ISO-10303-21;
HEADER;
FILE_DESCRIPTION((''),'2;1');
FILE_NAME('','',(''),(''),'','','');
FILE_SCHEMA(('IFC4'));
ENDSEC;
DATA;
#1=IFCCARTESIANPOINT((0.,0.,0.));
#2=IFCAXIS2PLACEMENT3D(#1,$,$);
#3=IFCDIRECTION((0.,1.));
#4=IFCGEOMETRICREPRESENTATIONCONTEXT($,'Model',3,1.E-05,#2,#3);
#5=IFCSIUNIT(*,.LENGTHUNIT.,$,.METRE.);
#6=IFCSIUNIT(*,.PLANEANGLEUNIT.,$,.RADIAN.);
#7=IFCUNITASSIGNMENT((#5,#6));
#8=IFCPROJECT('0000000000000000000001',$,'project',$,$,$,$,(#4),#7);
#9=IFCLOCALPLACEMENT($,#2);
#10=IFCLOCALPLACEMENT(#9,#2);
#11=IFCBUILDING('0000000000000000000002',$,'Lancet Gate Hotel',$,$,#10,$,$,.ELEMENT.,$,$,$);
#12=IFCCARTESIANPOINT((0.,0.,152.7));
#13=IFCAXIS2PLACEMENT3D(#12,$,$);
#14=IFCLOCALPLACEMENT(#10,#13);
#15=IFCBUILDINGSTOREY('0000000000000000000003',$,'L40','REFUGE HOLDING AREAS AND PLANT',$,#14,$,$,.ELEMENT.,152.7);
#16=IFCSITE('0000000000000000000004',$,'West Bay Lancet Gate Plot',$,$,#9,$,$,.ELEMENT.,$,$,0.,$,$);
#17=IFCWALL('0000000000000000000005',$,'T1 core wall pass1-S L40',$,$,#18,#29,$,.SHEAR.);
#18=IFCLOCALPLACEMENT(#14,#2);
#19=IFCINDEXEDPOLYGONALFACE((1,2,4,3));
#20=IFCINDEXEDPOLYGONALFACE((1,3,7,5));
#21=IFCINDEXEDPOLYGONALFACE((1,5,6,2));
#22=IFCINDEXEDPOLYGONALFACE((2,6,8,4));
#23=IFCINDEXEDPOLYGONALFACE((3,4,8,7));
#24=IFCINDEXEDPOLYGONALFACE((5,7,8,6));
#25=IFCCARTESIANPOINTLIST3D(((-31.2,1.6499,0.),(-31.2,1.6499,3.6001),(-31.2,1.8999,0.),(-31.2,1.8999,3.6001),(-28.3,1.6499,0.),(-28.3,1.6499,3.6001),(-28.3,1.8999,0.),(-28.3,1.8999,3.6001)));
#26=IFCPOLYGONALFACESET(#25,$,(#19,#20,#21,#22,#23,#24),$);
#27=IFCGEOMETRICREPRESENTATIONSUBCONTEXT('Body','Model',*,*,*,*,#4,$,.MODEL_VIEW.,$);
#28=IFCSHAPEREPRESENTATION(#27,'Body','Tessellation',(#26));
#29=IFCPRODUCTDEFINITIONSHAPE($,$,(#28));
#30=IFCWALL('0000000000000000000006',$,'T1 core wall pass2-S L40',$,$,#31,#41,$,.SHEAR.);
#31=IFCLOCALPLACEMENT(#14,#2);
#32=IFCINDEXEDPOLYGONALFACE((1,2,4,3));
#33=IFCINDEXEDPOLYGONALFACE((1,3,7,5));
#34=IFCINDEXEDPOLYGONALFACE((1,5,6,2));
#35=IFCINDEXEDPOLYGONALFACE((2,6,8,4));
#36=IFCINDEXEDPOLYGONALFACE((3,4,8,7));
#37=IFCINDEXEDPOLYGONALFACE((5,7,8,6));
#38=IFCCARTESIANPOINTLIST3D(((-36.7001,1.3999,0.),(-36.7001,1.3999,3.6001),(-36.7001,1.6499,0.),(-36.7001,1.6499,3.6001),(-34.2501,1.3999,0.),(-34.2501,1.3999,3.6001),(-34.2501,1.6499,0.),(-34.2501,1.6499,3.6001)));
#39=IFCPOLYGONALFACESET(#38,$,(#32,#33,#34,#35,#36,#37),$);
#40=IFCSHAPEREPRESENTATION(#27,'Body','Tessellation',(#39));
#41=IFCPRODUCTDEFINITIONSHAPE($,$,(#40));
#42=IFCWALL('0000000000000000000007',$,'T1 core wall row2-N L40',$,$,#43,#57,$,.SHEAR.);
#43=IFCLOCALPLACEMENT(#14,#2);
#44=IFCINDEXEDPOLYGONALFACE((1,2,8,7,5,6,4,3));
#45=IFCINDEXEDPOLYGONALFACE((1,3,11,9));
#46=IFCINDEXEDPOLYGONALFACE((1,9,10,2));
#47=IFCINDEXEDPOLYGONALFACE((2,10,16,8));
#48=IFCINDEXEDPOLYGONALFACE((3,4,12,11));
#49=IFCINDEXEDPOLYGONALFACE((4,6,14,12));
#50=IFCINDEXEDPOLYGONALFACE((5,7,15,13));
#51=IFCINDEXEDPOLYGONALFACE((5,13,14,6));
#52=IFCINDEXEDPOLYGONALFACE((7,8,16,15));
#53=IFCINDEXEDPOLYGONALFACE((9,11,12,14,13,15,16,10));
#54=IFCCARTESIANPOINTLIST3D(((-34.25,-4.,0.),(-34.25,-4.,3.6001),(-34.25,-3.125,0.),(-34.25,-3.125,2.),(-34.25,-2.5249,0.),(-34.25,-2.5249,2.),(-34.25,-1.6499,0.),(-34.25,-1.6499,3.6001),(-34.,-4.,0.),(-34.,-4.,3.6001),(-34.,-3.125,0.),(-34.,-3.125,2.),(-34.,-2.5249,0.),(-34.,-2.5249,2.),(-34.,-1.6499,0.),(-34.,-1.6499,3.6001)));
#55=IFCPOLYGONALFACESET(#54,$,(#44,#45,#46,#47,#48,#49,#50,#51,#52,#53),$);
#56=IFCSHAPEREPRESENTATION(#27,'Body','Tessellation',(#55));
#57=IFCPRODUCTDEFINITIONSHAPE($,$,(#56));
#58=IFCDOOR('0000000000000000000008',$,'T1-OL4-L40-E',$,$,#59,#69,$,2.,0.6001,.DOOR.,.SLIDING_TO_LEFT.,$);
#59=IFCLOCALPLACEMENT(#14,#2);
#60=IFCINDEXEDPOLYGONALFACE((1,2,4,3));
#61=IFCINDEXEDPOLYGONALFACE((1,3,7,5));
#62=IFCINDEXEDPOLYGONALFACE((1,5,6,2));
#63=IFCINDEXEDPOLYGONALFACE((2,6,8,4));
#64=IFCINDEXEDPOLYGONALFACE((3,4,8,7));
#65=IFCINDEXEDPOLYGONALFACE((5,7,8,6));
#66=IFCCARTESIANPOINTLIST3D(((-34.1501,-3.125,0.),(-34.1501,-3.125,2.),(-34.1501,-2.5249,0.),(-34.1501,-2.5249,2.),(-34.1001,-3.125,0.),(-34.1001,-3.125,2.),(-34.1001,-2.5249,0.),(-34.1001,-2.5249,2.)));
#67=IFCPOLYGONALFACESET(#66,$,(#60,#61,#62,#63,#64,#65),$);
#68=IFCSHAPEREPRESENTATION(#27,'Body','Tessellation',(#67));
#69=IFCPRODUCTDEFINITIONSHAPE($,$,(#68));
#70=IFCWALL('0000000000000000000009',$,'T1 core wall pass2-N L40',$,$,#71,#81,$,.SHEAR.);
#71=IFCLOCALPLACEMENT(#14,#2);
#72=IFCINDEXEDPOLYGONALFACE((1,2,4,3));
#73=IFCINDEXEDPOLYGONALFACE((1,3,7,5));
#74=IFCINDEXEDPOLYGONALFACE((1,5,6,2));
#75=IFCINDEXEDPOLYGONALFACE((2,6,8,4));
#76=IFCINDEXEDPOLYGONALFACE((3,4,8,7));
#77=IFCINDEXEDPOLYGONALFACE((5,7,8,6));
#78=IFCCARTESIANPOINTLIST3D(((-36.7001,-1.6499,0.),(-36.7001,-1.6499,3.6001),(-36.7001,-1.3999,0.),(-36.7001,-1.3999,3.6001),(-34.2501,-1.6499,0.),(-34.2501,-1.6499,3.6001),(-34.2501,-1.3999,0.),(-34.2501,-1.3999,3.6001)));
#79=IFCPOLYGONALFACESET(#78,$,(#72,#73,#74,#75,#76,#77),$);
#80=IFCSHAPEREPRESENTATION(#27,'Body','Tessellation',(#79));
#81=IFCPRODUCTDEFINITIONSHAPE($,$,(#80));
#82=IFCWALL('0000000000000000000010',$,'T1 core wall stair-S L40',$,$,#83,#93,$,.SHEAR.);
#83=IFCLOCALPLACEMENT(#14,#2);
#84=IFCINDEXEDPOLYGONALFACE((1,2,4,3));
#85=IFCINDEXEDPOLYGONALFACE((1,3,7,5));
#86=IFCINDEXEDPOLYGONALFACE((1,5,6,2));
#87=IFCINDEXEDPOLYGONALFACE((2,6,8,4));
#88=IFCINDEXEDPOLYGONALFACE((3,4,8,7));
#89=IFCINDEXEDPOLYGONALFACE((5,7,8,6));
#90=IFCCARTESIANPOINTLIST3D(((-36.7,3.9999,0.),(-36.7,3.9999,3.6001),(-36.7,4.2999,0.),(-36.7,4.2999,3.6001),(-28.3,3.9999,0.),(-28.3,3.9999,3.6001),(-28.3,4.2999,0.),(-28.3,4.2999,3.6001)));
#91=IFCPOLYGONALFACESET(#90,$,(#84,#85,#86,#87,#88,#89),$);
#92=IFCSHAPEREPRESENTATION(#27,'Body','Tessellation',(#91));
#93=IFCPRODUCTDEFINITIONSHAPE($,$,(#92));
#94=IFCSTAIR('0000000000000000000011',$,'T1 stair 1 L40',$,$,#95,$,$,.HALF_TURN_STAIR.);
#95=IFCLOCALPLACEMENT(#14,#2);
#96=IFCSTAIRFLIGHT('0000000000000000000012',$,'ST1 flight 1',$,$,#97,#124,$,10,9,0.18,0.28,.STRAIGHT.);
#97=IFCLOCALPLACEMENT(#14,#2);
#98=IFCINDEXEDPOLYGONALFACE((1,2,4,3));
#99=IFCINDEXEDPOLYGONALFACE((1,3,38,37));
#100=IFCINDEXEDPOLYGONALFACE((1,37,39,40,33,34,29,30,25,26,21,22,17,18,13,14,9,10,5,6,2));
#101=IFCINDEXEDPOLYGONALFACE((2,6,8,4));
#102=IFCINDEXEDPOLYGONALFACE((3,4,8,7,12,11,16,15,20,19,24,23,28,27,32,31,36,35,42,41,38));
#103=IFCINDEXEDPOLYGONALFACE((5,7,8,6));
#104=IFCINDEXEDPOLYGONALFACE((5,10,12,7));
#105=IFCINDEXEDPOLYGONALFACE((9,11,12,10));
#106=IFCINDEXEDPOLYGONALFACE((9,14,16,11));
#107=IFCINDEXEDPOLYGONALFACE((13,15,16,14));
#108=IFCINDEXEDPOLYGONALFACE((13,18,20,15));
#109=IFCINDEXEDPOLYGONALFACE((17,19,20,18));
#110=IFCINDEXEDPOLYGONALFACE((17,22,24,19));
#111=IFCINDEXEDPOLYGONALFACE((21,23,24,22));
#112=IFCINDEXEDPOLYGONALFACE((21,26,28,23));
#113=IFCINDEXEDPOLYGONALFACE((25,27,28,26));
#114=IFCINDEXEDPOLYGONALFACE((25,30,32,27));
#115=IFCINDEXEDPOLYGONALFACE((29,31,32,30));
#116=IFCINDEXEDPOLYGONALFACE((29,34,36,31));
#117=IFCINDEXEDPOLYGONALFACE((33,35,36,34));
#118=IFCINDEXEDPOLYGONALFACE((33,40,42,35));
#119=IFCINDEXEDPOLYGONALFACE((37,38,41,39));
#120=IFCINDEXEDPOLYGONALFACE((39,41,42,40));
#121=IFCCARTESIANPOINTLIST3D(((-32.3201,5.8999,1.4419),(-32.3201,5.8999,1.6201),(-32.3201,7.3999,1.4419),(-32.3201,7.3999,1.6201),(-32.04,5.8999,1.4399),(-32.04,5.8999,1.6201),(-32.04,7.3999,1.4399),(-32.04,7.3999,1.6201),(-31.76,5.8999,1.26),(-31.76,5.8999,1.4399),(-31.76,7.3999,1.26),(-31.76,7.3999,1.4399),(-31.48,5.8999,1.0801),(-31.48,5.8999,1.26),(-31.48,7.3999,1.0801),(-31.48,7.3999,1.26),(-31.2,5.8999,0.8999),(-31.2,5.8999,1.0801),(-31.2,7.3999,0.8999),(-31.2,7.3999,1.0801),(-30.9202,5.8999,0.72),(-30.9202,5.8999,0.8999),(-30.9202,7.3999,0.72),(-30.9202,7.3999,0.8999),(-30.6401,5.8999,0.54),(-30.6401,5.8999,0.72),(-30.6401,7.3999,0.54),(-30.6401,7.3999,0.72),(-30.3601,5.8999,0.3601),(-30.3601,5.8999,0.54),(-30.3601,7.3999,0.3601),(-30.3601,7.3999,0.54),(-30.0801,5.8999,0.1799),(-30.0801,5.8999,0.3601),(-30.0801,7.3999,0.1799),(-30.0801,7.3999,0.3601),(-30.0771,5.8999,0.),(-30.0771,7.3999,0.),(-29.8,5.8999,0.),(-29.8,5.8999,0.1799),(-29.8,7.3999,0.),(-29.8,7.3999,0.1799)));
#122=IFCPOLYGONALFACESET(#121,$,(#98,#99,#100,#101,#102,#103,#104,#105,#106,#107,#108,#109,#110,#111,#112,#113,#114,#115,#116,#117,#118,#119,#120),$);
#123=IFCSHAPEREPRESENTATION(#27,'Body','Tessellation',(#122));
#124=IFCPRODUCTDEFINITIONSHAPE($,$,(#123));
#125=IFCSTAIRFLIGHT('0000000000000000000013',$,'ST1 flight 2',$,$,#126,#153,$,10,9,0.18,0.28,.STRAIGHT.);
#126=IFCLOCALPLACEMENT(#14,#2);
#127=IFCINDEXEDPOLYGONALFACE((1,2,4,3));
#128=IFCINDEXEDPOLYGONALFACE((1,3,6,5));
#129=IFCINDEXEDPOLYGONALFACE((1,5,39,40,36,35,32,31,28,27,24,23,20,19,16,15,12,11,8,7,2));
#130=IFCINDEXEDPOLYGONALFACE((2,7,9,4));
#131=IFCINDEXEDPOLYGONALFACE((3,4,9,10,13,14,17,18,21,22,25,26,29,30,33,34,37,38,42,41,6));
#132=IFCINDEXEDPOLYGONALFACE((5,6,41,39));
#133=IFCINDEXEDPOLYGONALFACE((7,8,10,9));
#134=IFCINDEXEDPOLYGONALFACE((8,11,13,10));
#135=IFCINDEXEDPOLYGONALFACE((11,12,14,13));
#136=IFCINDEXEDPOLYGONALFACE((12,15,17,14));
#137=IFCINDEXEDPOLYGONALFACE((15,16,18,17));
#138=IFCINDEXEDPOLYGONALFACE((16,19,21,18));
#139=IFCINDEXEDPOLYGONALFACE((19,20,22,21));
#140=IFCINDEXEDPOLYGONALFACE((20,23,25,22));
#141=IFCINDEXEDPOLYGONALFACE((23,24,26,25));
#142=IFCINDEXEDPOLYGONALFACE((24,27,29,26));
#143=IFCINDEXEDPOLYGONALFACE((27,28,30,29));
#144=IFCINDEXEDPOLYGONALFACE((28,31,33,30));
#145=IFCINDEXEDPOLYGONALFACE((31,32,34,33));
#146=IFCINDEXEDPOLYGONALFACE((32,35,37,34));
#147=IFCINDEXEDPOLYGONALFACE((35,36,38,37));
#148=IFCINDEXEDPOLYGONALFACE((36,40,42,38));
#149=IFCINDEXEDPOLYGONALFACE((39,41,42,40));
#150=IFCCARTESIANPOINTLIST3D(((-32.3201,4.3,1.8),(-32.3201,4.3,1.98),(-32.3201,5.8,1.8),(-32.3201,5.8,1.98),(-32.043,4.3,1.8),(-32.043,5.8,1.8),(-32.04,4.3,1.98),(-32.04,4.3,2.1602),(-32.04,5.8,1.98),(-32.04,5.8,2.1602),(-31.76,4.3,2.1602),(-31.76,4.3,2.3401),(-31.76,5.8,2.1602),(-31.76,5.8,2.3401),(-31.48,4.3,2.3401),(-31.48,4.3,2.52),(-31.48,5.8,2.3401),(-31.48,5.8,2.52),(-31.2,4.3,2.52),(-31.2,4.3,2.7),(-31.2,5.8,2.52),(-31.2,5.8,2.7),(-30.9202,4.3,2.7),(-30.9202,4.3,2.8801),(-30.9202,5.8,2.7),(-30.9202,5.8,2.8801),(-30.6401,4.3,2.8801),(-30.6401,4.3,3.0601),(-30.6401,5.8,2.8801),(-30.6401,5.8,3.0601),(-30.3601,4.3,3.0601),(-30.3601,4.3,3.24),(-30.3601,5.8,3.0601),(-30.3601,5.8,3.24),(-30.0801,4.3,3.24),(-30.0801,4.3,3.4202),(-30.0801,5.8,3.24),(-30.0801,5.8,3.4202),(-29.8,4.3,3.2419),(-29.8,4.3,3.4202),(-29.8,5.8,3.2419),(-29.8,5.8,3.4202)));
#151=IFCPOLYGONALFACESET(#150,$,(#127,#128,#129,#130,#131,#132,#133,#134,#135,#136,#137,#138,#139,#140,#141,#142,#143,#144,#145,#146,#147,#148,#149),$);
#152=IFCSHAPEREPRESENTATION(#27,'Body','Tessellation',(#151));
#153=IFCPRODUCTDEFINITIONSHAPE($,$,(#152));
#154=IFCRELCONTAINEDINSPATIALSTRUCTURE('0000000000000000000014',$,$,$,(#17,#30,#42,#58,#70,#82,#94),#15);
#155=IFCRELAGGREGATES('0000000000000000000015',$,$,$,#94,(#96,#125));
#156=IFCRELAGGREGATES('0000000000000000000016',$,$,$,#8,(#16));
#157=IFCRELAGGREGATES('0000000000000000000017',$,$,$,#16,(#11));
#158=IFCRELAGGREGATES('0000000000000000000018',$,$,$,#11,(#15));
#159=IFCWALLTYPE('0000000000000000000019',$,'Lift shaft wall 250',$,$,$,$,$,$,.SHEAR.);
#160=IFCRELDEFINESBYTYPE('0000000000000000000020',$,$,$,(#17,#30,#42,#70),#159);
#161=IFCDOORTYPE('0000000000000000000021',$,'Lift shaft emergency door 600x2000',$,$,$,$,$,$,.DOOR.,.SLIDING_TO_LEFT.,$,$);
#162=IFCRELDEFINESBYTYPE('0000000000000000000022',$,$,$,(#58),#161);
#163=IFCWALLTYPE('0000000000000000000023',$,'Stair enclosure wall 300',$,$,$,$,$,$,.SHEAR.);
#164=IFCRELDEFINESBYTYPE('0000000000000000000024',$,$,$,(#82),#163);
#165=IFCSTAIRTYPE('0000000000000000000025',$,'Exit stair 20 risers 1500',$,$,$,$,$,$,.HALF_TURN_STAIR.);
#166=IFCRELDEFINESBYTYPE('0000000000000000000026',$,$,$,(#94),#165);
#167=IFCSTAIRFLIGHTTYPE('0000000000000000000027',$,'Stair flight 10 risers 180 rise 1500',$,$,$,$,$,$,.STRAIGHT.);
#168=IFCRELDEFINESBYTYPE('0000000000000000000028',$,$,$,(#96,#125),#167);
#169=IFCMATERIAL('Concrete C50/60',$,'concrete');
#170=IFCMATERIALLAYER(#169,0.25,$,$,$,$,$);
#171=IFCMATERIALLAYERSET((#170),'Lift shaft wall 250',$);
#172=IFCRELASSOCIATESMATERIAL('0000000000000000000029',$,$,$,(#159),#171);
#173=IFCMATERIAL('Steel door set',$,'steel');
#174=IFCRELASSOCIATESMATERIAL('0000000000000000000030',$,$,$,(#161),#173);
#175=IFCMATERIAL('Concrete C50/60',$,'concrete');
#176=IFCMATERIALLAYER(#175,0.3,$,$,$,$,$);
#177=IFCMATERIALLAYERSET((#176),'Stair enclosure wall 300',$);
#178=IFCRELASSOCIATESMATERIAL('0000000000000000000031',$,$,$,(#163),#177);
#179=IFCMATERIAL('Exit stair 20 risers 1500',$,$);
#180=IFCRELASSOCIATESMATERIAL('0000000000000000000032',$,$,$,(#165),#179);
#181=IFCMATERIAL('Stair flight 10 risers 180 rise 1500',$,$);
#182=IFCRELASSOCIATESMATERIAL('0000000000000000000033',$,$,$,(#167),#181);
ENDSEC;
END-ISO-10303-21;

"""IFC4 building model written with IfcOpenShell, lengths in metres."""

from ifc_helpers import new_model, si_unit, direction, frame, frame_2d, origin, place, context, subcontext, project, spatial, polyline, rectangle, outline, extrude, material, layer, layer_set, type_object, element, fill, aggregate, save


model = new_model("IFC4")

# Units and contexts
model_context = context("Model", 3, precision=1e-05, world=origin(), true_north=direction((0.0, 1.0)))
body_context = subcontext(model_context, "Body", "Model", "MODEL_VIEW")
ifc_project = project(units=[si_unit("LENGTHUNIT", "METRE"), si_unit("PLANEANGLEUNIT", "RADIAN")], contexts=[model_context])

# Site, building, storey
site_placement = place(None, origin())
site = spatial("IfcSite", under=ifc_project, at=site_placement, Name="West Bay Lancet Gate Plot", CompositionType="ELEMENT", RefElevation=0.0)
building_placement = place(site_placement, origin())
building = spatial("IfcBuilding", under=site, at=building_placement, Name="Lancet Gate Hotel", CompositionType="ELEMENT")
storey_placement = place(building_placement, frame((0.0, 0.0, 152.7)))
storey = spatial("IfcBuildingStorey", under=building, at=storey_placement, Name="L40", Description="REFUGE HOLDING AREAS AND PLANT", CompositionType="ELEMENT", Elevation=152.7)

# Shared definitions
ifc_material_1 = material(Name="Concrete C50/60", Category="concrete")
ifc_layer_1 = layer(ifc_material_1, 0.25)
ifc_layer_set_1 = layer_set([ifc_layer_1], Name="Lift shaft wall 250")
wall_type_1 = type_object("IfcWallType", Name="Lift shaft wall 250", PredefinedType="SHEAR", material=ifc_layer_set_1)
ifc_material_2 = material(Name="Steel door set", Category="steel")
door_type_1 = type_object("IfcDoorType", Name="Lift shaft emergency door 600x2000", OperationType="SLIDING_TO_LEFT", PredefinedType="DOOR", material=ifc_material_2)

# Walls
wall_1_placement = place(storey_placement, frame((-28.3, 1.7749, 0.0), z_axis=(0.0, 0.0, 1.0), x_axis=(-1.0, 0.0, 0.0)))
element("IfcWall", 1, at=wall_1_placement, inside=storey, type_object=wall_type_1, Name="T1 core wall pass1-S L40", PredefinedType="SHEAR", context=body_context, shape_type="SweptSolid", body=[
    extrude(rectangle(XDim=2.8999, YDim=0.25, at=frame_2d((1.45, 0.0))), origin(), (0.0, 0.0, 1.0), 3.6001),
])
wall_2_placement = place(storey_placement, frame((-34.25, 1.5249, 0.0), z_axis=(0.0, 0.0, 1.0), x_axis=(-1.0, 0.0, 0.0)))
element("IfcWall", 2, at=wall_2_placement, inside=storey, type_object=wall_type_1, Name="T1 core wall pass2-S L40", PredefinedType="SHEAR", context=body_context, shape_type="SweptSolid", body=[
    extrude(rectangle(XDim=2.45, YDim=0.25, at=frame_2d((1.2251, 0.0))), origin(), (0.0, 0.0, 1.0), 3.6001),
])

# Wall, opening, door
wall_3_placement = place(storey_placement, frame((-34.125, -1.6499, 0.0), z_axis=(0.0, 0.0, 1.0), x_axis=(0.0, -1.0, 0.0)))
wall_3 = element("IfcWall", 3, at=wall_3_placement, inside=storey, type_object=wall_type_1, Name="T1 core wall row2-N L40", PredefinedType="SHEAR", context=body_context, shape_type="SweptSolid", body=[
    extrude(rectangle(XDim=2.3501, YDim=0.25, at=frame_2d((1.175, 0.0))), origin(), (0.0, 0.0, 1.0), 3.6001),
])
opening_1_placement = place(wall_3_placement, frame((0.875, 0.0, 0.0)))
opening_1 = element("IfcOpeningElement", 4, at=opening_1_placement, cuts=wall_3, PredefinedType="OPENING", context=body_context, shape_type="SweptSolid", body=[
    extrude(rectangle(XDim=0.6001, YDim=2.0, at=frame_2d((0.3, 1.0))), frame((0.0, 0.135, 0.0), z_axis=(0.0, -1.0, 0.0), x_axis=(1.0, 0.0, 0.0)), (0.0, 0.0, 1.0), 0.27),
])
door_1_placement = place(opening_1_placement, origin())
door_1 = element("IfcDoor", 5, at=door_1_placement, inside=storey, type_object=door_type_1, Name="T1-OL4-L40-E", OperationType="SLIDING_TO_LEFT", OverallHeight=2.0, OverallWidth=0.6001, PredefinedType="DOOR", context=body_context, shape_type="SweptSolid", body=[
    extrude(rectangle(XDim=0.6001, YDim=2.0, at=frame_2d((0.3, 1.0))), frame((0.0, 0.0249, 0.0), z_axis=(0.0, -1.0, 0.0), x_axis=(1.0, 0.0, 0.0)), (0.0, 0.0, 1.0), 0.05),
])
fill(opening_1, door_1)

# Walls
wall_4_placement = place(storey_placement, frame((-34.25, -1.5249, 0.0), z_axis=(0.0, 0.0, 1.0), x_axis=(-1.0, 0.0, 0.0)))
element("IfcWall", 6, at=wall_4_placement, inside=storey, type_object=wall_type_1, Name="T1 core wall pass2-N L40", PredefinedType="SHEAR", context=body_context, shape_type="SweptSolid", body=[
    extrude(rectangle(XDim=2.45, YDim=0.25, at=frame_2d((1.2251, 0.0))), origin(), (0.0, 0.0, 1.0), 3.6001),
])
ifc_material_3 = material(Name="Concrete C50/60", Category="concrete")
ifc_layer_2 = layer(ifc_material_3, 0.3)
ifc_layer_set_2 = layer_set([ifc_layer_2], Name="Stair enclosure wall 300")
wall_type_2 = type_object("IfcWallType", Name="Stair enclosure wall 300", PredefinedType="SHEAR", material=ifc_layer_set_2)
wall_5_placement = place(storey_placement, frame((-28.3, 4.1499, 0.0), z_axis=(0.0, 0.0, 1.0), x_axis=(-1.0, 0.0, 0.0)))
element("IfcWall", 7, at=wall_5_placement, inside=storey, type_object=wall_type_2, Name="T1 core wall stair-S L40", PredefinedType="SHEAR", context=body_context, shape_type="SweptSolid", body=[
    extrude(rectangle(XDim=8.3999, YDim=0.3, at=frame_2d((4.2, 0.0))), origin(), (0.0, 0.0, 1.0), 3.6001),
])

# Stair, stair flights
ifc_material_4 = material(Name="Exit stair 20 risers 1500")
stair_type = type_object("IfcStairType", Name="Exit stair 20 risers 1500", PredefinedType="HALF_TURN_STAIR", material=ifc_material_4)
stair_placement = place(storey_placement, origin())
stair = element("IfcStair", 8, at=stair_placement, inside=storey, type_object=stair_type, Name="T1 stair 1 L40", PredefinedType="HALF_TURN_STAIR")
ifc_material_5 = material(Name="Stair flight 10 risers 180 rise 1500")
stair_flight_type = type_object("IfcStairFlightType", Name="Stair flight 10 risers 180 rise 1500", PredefinedType="STRAIGHT", material=ifc_material_5)
stair_flight_1_placement = place(storey_placement, frame((-29.8, 6.6499, 0.0), z_axis=(0.0, 0.0, 1.0), x_axis=(-1.0, 0.0, 0.0)))
stair_flight_1 = element("IfcStairFlight", 9, at=stair_flight_1_placement, type_object=stair_flight_type, Name="ST1 flight 1", NumberOfRisers=10, NumberOfTreads=9, PredefinedType="STRAIGHT", RiserHeight=0.18, TreadLength=0.28, context=body_context, shape_type="SweptSolid", body=[
    extrude(outline(polyline([(0.0, 0.0), (0.0, 0.1799), (0.28, 0.1799), (0.28, 0.3601), (0.5601, 0.3601), (0.5601, 0.54), (0.8401, 0.54), (0.8401, 0.72), (1.1201, 0.72), (1.1201, 0.8999), (1.3999, 0.8999), (1.3999, 1.0801), (1.6799, 1.0801), (1.6799, 1.26), (1.96, 1.26), (1.96, 1.4399), (2.24, 1.4399), (2.24, 1.6201), (2.52, 1.6201), (2.52, 1.8), (2.52, 1.4419), (0.2771, 0.0), (0.0, 0.0)])), frame((0.0, 0.75, 0.0), z_axis=(0.0, -1.0, 0.0), x_axis=(1.0, 0.0, 0.0)), (0.0, 0.0, 1.0), 1.5),
])
stair_flight_2_placement = place(storey_placement, frame((-32.3201, 5.05, 1.8), z_axis=(0.0, 0.0, 1.0), x_axis=(1.0, 0.0, 0.0)))
stair_flight_2 = element("IfcStairFlight", 10, at=stair_flight_2_placement, type_object=stair_flight_type, Name="ST1 flight 2", NumberOfRisers=10, NumberOfTreads=9, PredefinedType="STRAIGHT", RiserHeight=0.18, TreadLength=0.28, context=body_context, shape_type="SweptSolid", body=[
    extrude(outline(polyline([(0.0, 0.0), (0.0, 0.1799), (0.28, 0.1799), (0.28, 0.3601), (0.5601, 0.3601), (0.5601, 0.54), (0.8401, 0.54), (0.8401, 0.72), (1.1201, 0.72), (1.1201, 0.8999), (1.3999, 0.8999), (1.3999, 1.0801), (1.6799, 1.0801), (1.6799, 1.26), (1.96, 1.26), (1.96, 1.4399), (2.24, 1.4399), (2.24, 1.6201), (2.52, 1.6201), (2.52, 1.8), (2.52, 1.4419), (0.2771, 0.0), (0.0, 0.0)])), frame((0.0, 0.75, 0.0), z_axis=(0.0, -1.0, 0.0), x_axis=(1.0, 0.0, 0.0)), (0.0, 0.0, 1.0), 1.5),
])
aggregate(stair, [stair_flight_1, stair_flight_2])

save(model, "model.ifc")
